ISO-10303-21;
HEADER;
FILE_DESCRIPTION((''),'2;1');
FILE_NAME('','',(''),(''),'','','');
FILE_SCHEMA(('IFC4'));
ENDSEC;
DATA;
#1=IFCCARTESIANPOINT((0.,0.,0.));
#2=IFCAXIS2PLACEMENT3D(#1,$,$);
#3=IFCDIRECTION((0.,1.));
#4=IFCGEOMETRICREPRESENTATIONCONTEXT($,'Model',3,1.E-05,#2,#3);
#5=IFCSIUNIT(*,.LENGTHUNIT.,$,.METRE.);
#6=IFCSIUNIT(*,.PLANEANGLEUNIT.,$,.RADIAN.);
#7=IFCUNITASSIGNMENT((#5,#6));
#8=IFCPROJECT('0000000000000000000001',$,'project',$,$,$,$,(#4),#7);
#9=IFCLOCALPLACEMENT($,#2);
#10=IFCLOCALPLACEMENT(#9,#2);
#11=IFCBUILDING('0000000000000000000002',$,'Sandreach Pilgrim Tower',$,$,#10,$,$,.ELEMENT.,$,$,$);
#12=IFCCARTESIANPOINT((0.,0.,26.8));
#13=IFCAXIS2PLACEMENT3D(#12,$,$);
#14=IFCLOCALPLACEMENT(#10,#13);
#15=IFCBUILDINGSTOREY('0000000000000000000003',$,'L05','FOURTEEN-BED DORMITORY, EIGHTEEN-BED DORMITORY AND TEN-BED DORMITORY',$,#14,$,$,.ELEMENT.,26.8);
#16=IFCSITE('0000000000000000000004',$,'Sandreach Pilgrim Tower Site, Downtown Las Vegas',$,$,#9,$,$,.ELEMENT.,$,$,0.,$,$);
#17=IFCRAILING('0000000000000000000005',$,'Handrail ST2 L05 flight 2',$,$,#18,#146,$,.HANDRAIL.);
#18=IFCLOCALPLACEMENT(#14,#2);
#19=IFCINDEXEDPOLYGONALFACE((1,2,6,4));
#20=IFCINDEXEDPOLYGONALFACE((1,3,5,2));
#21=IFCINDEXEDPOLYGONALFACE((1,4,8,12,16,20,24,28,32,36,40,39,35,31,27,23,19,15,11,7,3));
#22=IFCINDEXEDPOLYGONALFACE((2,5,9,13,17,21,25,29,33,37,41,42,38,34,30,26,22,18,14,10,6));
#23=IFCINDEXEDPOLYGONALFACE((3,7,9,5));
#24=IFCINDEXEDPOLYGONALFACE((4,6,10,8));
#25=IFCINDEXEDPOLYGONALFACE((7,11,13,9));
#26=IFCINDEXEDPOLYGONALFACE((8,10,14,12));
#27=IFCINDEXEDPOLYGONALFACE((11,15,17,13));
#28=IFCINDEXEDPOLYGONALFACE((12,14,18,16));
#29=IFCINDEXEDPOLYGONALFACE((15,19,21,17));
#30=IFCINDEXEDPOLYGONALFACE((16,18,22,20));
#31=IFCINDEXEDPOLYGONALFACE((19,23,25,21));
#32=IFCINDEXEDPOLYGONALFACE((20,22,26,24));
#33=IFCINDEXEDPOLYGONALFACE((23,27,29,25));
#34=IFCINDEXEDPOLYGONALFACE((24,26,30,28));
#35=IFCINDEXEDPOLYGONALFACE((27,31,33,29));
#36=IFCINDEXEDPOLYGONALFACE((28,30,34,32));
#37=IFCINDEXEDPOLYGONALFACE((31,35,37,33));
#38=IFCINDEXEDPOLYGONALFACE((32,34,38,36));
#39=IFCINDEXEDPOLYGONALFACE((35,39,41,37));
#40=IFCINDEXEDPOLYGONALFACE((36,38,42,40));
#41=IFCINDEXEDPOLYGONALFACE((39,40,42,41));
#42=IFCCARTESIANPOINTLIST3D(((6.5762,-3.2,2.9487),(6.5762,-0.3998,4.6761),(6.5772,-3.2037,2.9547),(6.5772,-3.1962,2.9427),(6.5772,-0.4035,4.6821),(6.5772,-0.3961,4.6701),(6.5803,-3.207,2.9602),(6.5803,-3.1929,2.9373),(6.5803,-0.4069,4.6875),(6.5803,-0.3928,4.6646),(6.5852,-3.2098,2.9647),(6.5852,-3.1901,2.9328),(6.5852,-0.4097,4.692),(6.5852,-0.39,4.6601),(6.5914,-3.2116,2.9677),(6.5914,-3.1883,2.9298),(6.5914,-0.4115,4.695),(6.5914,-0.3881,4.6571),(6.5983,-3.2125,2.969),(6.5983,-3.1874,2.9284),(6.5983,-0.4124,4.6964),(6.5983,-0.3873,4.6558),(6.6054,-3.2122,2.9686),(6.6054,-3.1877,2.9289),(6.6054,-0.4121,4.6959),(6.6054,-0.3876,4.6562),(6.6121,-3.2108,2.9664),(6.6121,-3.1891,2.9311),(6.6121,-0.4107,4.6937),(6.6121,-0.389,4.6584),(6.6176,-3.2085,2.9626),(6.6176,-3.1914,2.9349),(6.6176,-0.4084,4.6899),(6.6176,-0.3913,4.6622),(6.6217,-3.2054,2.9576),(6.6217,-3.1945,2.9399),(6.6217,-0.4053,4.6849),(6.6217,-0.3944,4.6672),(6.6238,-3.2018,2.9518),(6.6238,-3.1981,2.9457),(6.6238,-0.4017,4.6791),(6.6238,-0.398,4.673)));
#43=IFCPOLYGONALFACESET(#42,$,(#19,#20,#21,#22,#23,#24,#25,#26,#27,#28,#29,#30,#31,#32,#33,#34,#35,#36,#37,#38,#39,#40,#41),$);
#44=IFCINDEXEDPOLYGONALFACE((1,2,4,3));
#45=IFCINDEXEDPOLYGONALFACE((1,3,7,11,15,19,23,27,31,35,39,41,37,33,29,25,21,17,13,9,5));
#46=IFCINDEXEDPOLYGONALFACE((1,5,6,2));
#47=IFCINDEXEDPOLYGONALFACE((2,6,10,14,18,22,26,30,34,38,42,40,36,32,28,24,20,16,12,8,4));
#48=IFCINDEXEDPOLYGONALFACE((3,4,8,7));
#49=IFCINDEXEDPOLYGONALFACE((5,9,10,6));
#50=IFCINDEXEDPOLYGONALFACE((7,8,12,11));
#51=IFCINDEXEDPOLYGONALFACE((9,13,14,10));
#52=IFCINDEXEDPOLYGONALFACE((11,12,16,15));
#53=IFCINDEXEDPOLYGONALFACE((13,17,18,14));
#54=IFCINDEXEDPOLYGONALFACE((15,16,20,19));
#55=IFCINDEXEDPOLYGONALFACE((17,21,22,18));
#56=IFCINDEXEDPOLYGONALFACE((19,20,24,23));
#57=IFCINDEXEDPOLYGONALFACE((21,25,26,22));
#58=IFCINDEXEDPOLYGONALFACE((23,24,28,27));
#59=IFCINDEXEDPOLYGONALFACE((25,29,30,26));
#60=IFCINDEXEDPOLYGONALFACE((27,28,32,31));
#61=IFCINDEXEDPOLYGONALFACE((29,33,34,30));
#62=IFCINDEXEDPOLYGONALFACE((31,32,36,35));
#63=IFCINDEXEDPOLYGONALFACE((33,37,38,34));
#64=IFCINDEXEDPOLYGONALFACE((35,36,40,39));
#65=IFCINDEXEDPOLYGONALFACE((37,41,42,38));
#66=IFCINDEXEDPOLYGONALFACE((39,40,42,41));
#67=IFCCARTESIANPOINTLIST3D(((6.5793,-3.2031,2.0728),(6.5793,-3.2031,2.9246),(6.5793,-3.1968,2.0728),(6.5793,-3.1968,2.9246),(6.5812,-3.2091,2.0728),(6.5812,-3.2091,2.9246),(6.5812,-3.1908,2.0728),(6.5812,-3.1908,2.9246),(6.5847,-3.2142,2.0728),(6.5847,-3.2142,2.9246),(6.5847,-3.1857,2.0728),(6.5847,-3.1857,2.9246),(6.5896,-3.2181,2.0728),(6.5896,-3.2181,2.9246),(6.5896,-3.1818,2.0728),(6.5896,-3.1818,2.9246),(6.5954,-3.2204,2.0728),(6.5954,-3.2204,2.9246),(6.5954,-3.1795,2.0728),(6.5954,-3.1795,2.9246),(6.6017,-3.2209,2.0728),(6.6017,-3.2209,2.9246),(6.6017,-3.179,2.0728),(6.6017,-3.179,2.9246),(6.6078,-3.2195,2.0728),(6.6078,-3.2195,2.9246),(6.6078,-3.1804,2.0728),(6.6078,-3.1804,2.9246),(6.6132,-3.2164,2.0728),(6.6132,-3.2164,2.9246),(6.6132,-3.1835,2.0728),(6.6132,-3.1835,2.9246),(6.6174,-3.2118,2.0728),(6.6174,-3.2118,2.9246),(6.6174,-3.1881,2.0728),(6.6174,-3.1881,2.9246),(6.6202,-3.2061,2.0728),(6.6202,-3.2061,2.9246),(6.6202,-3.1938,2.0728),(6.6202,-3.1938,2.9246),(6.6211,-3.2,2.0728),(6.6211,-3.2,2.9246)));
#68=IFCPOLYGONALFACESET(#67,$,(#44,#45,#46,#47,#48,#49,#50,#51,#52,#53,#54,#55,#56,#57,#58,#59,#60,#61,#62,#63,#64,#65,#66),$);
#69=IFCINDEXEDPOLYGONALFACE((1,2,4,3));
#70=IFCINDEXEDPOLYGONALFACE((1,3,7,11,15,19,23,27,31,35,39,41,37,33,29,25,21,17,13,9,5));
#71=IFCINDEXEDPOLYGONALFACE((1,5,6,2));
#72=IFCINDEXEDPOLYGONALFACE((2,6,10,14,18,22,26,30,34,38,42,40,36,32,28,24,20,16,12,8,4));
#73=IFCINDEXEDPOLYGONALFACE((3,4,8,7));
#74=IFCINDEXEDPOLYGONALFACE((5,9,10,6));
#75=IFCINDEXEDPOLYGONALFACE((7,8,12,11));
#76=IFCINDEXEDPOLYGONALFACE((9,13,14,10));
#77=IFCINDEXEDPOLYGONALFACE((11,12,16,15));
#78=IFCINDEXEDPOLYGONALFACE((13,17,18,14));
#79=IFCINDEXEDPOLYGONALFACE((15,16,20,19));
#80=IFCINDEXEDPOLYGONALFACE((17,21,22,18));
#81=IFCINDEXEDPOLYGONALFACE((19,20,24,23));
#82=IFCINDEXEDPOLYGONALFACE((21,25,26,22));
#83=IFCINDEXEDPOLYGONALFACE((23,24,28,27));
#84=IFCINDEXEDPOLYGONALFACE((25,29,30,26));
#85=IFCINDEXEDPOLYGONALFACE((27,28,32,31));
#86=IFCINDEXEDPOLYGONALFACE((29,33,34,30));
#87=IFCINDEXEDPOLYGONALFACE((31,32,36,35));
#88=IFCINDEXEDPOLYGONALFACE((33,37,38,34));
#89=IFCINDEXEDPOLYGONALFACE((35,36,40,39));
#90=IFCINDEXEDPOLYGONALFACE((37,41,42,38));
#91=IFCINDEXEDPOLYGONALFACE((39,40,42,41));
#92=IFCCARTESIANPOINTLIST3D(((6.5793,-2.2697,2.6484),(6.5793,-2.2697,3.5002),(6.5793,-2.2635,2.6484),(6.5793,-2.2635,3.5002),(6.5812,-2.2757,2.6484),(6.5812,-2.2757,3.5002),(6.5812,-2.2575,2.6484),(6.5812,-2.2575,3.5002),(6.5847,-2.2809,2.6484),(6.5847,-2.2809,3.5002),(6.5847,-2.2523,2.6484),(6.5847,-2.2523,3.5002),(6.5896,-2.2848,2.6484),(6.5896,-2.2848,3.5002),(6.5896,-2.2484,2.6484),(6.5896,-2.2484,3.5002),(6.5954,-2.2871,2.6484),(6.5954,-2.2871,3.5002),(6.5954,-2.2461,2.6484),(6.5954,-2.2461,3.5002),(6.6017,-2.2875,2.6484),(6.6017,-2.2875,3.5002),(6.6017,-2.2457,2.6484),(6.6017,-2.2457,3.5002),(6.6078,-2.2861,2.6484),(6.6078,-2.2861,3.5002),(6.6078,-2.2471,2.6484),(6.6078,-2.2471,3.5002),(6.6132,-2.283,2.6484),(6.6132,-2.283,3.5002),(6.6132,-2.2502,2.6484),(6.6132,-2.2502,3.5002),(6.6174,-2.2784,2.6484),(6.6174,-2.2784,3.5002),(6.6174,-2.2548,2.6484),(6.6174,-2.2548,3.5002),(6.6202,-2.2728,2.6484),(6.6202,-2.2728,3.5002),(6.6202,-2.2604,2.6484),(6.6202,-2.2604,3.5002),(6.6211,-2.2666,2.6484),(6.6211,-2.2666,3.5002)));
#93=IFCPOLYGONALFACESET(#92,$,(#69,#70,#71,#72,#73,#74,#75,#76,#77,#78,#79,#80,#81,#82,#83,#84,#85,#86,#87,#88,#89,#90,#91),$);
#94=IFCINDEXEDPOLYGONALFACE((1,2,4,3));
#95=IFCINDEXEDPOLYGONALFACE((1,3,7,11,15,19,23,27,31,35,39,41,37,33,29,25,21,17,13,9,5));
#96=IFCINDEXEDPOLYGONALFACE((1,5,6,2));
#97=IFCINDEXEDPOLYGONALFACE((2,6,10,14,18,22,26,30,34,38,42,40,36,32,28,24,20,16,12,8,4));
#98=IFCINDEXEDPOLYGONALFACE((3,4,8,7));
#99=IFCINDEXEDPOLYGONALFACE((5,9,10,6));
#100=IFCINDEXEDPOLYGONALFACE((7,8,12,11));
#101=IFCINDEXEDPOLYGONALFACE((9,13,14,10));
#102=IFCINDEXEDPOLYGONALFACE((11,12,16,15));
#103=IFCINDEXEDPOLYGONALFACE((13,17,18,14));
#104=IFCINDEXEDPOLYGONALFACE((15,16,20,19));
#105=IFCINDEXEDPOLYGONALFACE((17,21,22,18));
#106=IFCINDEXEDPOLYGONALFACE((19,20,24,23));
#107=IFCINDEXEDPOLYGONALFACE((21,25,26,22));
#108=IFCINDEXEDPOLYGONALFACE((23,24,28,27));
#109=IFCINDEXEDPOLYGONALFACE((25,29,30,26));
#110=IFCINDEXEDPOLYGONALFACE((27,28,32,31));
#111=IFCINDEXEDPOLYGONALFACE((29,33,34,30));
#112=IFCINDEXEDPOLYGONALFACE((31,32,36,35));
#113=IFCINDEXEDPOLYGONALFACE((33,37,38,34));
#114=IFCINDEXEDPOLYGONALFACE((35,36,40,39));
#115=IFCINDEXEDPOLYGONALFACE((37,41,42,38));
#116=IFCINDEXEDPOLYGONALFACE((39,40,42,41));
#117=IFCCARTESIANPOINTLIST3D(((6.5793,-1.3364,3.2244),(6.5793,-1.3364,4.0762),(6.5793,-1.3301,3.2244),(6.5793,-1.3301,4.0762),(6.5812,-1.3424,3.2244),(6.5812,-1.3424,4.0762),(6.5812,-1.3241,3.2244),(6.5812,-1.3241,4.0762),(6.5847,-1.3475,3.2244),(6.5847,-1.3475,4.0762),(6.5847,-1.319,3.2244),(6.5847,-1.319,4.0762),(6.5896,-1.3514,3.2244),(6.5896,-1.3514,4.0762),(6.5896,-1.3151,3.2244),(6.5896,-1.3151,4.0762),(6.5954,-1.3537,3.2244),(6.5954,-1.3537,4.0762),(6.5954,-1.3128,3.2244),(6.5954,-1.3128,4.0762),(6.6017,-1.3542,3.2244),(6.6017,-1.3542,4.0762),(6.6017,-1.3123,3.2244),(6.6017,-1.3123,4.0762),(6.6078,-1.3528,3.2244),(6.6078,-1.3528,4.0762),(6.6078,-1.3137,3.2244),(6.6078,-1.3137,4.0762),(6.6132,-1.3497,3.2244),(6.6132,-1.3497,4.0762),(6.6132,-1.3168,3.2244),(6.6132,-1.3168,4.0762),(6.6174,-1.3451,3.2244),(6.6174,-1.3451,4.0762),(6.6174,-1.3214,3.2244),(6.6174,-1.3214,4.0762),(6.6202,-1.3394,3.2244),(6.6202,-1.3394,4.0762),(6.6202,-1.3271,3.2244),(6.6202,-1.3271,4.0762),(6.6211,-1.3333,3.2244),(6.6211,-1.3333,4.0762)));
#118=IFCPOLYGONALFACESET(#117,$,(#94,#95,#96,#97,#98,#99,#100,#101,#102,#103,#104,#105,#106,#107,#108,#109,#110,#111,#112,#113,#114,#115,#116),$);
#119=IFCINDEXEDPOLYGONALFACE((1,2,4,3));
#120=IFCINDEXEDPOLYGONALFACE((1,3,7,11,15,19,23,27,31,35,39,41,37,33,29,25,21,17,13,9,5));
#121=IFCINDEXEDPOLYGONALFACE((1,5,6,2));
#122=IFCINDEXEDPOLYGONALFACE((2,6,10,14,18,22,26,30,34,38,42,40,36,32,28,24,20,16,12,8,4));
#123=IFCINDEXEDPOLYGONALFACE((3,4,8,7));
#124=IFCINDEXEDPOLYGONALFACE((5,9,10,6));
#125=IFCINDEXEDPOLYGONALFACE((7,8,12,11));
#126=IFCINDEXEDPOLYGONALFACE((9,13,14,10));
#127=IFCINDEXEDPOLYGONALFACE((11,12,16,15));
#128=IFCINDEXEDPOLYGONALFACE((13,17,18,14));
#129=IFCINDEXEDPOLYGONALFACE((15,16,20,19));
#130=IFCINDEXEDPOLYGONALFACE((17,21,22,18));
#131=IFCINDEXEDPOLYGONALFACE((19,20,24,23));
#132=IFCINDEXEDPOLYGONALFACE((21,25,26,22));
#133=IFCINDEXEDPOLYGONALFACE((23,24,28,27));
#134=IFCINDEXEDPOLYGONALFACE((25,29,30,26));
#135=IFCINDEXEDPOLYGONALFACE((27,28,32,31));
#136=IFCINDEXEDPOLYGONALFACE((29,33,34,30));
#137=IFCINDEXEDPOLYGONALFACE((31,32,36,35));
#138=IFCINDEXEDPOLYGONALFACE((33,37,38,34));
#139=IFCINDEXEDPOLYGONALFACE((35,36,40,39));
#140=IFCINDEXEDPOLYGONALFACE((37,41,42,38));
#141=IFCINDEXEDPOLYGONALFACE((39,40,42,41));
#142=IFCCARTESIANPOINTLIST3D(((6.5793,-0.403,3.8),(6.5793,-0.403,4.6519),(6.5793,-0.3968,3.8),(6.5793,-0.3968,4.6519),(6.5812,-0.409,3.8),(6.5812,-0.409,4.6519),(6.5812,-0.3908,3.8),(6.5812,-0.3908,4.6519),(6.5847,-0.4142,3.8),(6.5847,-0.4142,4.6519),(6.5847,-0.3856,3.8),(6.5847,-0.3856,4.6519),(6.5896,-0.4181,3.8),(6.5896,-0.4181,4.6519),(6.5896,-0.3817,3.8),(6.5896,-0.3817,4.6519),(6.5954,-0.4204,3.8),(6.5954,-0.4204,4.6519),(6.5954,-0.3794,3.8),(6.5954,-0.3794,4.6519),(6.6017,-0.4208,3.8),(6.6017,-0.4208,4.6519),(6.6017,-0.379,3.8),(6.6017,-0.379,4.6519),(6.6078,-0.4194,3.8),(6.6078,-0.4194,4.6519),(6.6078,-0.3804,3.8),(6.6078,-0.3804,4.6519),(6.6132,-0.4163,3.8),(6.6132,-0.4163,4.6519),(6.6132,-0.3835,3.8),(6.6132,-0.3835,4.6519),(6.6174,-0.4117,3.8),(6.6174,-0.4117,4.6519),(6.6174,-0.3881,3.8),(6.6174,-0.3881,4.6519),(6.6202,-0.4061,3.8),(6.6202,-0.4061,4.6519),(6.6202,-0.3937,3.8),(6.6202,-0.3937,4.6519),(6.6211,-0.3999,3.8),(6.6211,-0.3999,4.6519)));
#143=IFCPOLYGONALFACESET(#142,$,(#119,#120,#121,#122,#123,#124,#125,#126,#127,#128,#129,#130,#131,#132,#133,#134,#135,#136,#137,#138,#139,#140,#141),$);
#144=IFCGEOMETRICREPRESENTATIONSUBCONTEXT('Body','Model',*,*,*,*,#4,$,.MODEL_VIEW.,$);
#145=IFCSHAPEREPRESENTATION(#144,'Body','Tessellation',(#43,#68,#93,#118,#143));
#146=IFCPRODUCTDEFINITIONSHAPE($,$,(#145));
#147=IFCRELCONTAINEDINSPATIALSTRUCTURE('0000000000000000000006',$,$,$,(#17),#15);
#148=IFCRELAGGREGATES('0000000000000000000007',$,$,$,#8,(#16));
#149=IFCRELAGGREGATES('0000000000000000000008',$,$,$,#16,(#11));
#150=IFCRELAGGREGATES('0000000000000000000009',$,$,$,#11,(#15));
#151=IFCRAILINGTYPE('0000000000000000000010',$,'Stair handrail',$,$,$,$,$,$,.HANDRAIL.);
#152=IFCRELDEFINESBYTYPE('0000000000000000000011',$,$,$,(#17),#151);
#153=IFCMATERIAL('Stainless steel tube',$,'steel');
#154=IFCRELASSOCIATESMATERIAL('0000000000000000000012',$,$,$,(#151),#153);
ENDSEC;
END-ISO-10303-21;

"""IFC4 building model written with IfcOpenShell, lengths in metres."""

from ifc_helpers import new_model, si_unit, direction, frame, origin, origin_2d, place, context, subcontext, project, spatial, circle, extrude, material, type_object, element, save


model = new_model("IFC4")

# Units and contexts
model_context = context("Model", 3, precision=1e-05, world=origin(), true_north=direction((0.0, 1.0)))
body_context = subcontext(model_context, "Body", "Model", "MODEL_VIEW")
ifc_project = project(units=[si_unit("LENGTHUNIT", "METRE"), si_unit("PLANEANGLEUNIT", "RADIAN")], contexts=[model_context])

# Site, building, storey
site_placement = place(None, origin())
site = spatial("IfcSite", under=ifc_project, at=site_placement, Name="Sandreach Pilgrim Tower Site, Downtown Las Vegas", CompositionType="ELEMENT", RefElevation=0.0)
building_placement = place(site_placement, origin())
building = spatial("IfcBuilding", under=site, at=building_placement, Name="Sandreach Pilgrim Tower", CompositionType="ELEMENT")
storey_placement = place(building_placement, frame((0.0, 0.0, 26.8)))
storey = spatial("IfcBuildingStorey", under=building, at=storey_placement, Name="L05", Description="FOURTEEN-BED DORMITORY, EIGHTEEN-BED DORMITORY AND TEN-BED DORMITORY", CompositionType="ELEMENT", Elevation=26.8)

# Railing
ifc_material_1 = material(Name="Stainless steel tube", Category="steel")
railing_type = type_object("IfcRailingType", Name="Stair handrail", PredefinedType="HANDRAIL", material=ifc_material_1)
for number, where, name in (
    (1, (6.6001, -3.2, 2.0728), "Handrail ST2 L05 flight 2"),
):
    element("IfcRailing", number, at=place(storey_placement, frame(where)), inside=storey, type_object=railing_type, Name=name, PredefinedType="HANDRAIL", context=body_context, shape_type="SweptSolid", body=[
        extrude(circle(Radius=0.0239, at=origin_2d()), frame((0.0, 0.0, 0.876), z_axis=(0.0, 0.85109, 0.52502), x_axis=(-1.0, 0.0, 0.0)), (0.0, 0.0, 1.0), 3.29),
        extrude(circle(Radius=0.021, at=origin_2d()), origin(), (0.0, 0.0, 1.0), 0.8518),
        extrude(circle(Radius=0.021, at=origin_2d()), frame((0.0, 0.9333, 0.5757)), (0.0, 0.0, 1.0), 0.8518),
        extrude(circle(Radius=0.021, at=origin_2d()), frame((0.0, 1.8667, 1.1516)), (0.0, 0.0, 1.0), 0.8518),
        extrude(circle(Radius=0.021, at=origin_2d()), frame((0.0, 2.8, 1.7273)), (0.0, 0.0, 1.0), 0.8518),
    ])

save(model, "model.ifc")
